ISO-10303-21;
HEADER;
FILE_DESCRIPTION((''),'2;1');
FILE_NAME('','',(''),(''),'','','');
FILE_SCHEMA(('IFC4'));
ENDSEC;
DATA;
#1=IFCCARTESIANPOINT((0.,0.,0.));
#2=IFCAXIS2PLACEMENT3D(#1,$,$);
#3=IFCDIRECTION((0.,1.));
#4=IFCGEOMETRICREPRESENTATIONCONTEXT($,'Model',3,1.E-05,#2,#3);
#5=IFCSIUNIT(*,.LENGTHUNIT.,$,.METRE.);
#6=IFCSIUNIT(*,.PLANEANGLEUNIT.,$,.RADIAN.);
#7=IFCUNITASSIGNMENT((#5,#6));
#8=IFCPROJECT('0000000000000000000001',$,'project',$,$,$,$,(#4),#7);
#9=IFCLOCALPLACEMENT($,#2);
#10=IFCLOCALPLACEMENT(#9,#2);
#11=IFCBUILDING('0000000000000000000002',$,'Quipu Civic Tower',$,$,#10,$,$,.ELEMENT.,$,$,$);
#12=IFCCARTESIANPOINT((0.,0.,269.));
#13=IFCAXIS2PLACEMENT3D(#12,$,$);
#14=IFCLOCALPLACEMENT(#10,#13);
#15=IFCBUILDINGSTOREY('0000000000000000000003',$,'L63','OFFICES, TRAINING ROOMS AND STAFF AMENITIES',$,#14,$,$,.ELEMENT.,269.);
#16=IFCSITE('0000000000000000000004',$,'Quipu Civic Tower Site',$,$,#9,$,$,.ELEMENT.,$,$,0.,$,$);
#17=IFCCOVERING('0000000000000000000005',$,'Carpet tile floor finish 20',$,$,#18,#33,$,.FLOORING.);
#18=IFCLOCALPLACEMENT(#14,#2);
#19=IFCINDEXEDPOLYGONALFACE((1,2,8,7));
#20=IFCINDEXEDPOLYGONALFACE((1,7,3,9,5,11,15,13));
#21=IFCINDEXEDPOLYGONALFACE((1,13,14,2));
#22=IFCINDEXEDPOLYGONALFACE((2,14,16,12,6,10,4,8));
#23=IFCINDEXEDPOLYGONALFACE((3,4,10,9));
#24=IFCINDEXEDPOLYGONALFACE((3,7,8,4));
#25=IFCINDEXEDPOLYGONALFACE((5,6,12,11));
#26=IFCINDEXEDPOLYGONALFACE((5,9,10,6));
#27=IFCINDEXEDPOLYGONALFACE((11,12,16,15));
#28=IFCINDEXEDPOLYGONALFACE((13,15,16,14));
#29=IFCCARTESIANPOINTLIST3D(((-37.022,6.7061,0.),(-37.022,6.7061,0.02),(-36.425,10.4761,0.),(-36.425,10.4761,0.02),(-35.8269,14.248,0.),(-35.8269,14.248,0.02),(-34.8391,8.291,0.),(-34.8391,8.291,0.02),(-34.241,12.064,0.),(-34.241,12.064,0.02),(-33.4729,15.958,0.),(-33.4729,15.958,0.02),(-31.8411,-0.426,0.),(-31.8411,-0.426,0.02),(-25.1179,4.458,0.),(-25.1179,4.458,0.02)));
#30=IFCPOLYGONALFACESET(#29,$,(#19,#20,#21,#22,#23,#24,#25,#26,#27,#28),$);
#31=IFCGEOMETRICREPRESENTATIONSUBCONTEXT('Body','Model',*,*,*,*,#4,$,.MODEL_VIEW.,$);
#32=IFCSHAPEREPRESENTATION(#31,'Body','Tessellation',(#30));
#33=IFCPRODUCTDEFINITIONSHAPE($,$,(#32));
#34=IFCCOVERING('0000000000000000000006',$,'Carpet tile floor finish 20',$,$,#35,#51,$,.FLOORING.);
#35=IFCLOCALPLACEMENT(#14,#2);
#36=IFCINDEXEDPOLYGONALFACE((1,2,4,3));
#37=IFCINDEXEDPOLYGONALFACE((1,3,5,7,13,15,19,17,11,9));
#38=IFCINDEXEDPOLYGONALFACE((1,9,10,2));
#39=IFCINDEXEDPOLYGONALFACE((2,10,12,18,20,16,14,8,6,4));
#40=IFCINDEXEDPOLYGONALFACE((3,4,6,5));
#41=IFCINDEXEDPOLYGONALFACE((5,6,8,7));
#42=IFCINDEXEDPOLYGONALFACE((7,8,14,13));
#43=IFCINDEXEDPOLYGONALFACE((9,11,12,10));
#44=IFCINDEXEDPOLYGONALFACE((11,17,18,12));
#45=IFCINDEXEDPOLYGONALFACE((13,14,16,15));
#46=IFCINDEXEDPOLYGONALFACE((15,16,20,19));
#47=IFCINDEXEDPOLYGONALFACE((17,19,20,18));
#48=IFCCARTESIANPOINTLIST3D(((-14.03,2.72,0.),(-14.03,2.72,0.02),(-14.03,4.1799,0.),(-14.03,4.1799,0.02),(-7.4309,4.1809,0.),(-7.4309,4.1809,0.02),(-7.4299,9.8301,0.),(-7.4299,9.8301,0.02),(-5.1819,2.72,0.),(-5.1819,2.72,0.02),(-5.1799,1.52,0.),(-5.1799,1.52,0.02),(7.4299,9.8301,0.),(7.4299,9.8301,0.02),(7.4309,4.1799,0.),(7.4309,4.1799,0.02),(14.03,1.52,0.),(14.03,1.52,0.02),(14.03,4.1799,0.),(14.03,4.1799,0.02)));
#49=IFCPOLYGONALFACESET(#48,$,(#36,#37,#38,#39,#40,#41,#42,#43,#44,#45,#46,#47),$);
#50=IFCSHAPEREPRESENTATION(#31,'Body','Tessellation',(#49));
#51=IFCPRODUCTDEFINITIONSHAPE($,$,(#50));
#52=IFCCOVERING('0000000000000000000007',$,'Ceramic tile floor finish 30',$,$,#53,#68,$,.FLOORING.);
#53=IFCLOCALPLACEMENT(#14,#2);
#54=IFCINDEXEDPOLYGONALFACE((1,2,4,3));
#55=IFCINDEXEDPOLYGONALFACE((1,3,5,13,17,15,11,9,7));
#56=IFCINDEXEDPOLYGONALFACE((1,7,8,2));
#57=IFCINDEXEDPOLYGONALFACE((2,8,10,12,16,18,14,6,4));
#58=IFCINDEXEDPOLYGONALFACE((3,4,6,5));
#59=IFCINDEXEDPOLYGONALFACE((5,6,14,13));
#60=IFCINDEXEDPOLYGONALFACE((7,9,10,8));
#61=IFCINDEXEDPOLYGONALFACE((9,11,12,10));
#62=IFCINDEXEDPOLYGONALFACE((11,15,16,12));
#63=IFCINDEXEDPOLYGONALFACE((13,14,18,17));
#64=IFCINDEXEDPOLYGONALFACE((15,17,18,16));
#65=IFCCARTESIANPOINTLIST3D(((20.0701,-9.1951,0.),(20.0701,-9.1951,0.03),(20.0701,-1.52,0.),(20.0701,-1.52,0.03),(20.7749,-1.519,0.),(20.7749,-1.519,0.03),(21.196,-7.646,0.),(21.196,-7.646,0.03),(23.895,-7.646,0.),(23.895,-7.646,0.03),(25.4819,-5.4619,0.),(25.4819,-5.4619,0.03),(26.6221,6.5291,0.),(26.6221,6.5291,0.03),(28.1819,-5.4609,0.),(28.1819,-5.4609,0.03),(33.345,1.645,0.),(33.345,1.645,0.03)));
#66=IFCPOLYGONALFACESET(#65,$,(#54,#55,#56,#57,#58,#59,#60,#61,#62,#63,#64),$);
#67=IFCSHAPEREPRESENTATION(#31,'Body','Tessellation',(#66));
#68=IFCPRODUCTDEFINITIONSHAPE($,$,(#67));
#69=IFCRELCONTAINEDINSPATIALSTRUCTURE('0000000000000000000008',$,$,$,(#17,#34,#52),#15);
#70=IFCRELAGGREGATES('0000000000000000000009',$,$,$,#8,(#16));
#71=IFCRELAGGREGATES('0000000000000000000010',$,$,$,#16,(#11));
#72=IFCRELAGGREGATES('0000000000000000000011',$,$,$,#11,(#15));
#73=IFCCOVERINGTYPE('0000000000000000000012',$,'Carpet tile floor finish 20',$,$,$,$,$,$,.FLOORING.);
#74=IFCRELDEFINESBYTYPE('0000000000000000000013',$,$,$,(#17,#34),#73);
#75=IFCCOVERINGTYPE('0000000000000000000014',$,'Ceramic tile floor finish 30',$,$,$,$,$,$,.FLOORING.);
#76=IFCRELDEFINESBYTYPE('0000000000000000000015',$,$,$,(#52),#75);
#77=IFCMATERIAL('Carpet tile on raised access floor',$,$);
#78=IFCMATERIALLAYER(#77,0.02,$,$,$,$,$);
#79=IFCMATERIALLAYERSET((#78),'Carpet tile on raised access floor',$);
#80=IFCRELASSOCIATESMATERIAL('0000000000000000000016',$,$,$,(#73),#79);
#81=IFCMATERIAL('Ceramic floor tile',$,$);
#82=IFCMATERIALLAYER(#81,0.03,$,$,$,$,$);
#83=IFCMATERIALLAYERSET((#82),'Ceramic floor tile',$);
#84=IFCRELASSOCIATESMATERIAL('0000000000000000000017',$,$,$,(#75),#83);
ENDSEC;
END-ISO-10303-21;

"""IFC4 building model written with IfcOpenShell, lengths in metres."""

from ifc_helpers import new_model, si_unit, direction, frame, origin, place, context, subcontext, project, spatial, polyline, outline, extrude, material, layer, layer_set, type_object, element, save


model = new_model("IFC4")

# Units and contexts
model_context = context("Model", 3, precision=1e-05, world=origin(), true_north=direction((0.0, 1.0)))
body_context = subcontext(model_context, "Body", "Model", "MODEL_VIEW")
ifc_project = project(units=[si_unit("LENGTHUNIT", "METRE"), si_unit("PLANEANGLEUNIT", "RADIAN")], contexts=[model_context])

# Site, building, storey
site_placement = place(None, origin())
site = spatial("IfcSite", under=ifc_project, at=site_placement, Name="Quipu Civic Tower Site", CompositionType="ELEMENT", RefElevation=0.0)
building_placement = place(site_placement, origin())
building = spatial("IfcBuilding", under=site, at=building_placement, Name="Quipu Civic Tower", CompositionType="ELEMENT")
storey_placement = place(building_placement, frame((0.0, 0.0, 269.0)))
storey = spatial("IfcBuildingStorey", under=building, at=storey_placement, Name="L63", Description="OFFICES, TRAINING ROOMS AND STAFF AMENITIES", CompositionType="ELEMENT", Elevation=269.0)

# Coverings
ifc_material_1 = material(Name="Carpet tile on raised access floor")
ifc_layer_1 = layer(ifc_material_1, 0.02)
ifc_layer_set_1 = layer_set([ifc_layer_1], Name="Carpet tile on raised access floor")
covering_type_1 = type_object("IfcCoveringType", Name="Carpet tile floor finish 20", PredefinedType="FLOORING", material=ifc_layer_set_1)
covering_1_placement = place(storey_placement, origin())
element("IfcCovering", 1, at=covering_1_placement, inside=storey, type_object=covering_type_1, Name="Carpet tile floor finish 20", PredefinedType="FLOORING", context=body_context, shape_type="SweptSolid", body=[
    extrude(outline(polyline([(-37.022, 6.7061), (-34.8391, 8.291), (-36.425, 10.4761), (-34.241, 12.064), (-35.8269, 14.248), (-33.4729, 15.958), (-25.1179, 4.458), (-31.8411, -0.426), (-37.022, 6.7061)])), origin(), (0.0, 0.0, 1.0), 0.02),
])
covering_2_placement = place(storey_placement, origin())
element("IfcCovering", 2, at=covering_2_placement, inside=storey, type_object=covering_type_1, Name="Carpet tile floor finish 20", PredefinedType="FLOORING", context=body_context, shape_type="SweptSolid", body=[
    extrude(outline(polyline([(-14.03, 2.72), (-14.03, 4.1799), (-7.4309, 4.1809), (-7.4299, 9.8301), (7.4299, 9.8301), (7.4309, 4.1799), (14.03, 4.1799), (14.03, 1.52), (-5.1799, 1.52), (-5.1819, 2.72), (-14.03, 2.72)])), origin(), (0.0, 0.0, 1.0), 0.02),
])
ifc_material_2 = material(Name="Ceramic floor tile")
ifc_layer_2 = layer(ifc_material_2, 0.03)
ifc_layer_set_2 = layer_set([ifc_layer_2], Name="Ceramic floor tile")
covering_type_2 = type_object("IfcCoveringType", Name="Ceramic tile floor finish 30", PredefinedType="FLOORING", material=ifc_layer_set_2)
covering_3_placement = place(storey_placement, origin())
element("IfcCovering", 3, at=covering_3_placement, inside=storey, type_object=covering_type_2, Name="Ceramic tile floor finish 30", PredefinedType="FLOORING", context=body_context, shape_type="SweptSolid", body=[
    extrude(outline(polyline([(20.0701, -9.1951), (20.0701, -1.52), (20.7749, -1.519), (26.6221, 6.5291), (33.345, 1.645), (28.1819, -5.4609), (25.4819, -5.4619), (23.895, -7.646), (21.196, -7.646), (20.0701, -9.1951)])), origin(), (0.0, 0.0, 1.0), 0.03),
])

save(model, "model.ifc")
